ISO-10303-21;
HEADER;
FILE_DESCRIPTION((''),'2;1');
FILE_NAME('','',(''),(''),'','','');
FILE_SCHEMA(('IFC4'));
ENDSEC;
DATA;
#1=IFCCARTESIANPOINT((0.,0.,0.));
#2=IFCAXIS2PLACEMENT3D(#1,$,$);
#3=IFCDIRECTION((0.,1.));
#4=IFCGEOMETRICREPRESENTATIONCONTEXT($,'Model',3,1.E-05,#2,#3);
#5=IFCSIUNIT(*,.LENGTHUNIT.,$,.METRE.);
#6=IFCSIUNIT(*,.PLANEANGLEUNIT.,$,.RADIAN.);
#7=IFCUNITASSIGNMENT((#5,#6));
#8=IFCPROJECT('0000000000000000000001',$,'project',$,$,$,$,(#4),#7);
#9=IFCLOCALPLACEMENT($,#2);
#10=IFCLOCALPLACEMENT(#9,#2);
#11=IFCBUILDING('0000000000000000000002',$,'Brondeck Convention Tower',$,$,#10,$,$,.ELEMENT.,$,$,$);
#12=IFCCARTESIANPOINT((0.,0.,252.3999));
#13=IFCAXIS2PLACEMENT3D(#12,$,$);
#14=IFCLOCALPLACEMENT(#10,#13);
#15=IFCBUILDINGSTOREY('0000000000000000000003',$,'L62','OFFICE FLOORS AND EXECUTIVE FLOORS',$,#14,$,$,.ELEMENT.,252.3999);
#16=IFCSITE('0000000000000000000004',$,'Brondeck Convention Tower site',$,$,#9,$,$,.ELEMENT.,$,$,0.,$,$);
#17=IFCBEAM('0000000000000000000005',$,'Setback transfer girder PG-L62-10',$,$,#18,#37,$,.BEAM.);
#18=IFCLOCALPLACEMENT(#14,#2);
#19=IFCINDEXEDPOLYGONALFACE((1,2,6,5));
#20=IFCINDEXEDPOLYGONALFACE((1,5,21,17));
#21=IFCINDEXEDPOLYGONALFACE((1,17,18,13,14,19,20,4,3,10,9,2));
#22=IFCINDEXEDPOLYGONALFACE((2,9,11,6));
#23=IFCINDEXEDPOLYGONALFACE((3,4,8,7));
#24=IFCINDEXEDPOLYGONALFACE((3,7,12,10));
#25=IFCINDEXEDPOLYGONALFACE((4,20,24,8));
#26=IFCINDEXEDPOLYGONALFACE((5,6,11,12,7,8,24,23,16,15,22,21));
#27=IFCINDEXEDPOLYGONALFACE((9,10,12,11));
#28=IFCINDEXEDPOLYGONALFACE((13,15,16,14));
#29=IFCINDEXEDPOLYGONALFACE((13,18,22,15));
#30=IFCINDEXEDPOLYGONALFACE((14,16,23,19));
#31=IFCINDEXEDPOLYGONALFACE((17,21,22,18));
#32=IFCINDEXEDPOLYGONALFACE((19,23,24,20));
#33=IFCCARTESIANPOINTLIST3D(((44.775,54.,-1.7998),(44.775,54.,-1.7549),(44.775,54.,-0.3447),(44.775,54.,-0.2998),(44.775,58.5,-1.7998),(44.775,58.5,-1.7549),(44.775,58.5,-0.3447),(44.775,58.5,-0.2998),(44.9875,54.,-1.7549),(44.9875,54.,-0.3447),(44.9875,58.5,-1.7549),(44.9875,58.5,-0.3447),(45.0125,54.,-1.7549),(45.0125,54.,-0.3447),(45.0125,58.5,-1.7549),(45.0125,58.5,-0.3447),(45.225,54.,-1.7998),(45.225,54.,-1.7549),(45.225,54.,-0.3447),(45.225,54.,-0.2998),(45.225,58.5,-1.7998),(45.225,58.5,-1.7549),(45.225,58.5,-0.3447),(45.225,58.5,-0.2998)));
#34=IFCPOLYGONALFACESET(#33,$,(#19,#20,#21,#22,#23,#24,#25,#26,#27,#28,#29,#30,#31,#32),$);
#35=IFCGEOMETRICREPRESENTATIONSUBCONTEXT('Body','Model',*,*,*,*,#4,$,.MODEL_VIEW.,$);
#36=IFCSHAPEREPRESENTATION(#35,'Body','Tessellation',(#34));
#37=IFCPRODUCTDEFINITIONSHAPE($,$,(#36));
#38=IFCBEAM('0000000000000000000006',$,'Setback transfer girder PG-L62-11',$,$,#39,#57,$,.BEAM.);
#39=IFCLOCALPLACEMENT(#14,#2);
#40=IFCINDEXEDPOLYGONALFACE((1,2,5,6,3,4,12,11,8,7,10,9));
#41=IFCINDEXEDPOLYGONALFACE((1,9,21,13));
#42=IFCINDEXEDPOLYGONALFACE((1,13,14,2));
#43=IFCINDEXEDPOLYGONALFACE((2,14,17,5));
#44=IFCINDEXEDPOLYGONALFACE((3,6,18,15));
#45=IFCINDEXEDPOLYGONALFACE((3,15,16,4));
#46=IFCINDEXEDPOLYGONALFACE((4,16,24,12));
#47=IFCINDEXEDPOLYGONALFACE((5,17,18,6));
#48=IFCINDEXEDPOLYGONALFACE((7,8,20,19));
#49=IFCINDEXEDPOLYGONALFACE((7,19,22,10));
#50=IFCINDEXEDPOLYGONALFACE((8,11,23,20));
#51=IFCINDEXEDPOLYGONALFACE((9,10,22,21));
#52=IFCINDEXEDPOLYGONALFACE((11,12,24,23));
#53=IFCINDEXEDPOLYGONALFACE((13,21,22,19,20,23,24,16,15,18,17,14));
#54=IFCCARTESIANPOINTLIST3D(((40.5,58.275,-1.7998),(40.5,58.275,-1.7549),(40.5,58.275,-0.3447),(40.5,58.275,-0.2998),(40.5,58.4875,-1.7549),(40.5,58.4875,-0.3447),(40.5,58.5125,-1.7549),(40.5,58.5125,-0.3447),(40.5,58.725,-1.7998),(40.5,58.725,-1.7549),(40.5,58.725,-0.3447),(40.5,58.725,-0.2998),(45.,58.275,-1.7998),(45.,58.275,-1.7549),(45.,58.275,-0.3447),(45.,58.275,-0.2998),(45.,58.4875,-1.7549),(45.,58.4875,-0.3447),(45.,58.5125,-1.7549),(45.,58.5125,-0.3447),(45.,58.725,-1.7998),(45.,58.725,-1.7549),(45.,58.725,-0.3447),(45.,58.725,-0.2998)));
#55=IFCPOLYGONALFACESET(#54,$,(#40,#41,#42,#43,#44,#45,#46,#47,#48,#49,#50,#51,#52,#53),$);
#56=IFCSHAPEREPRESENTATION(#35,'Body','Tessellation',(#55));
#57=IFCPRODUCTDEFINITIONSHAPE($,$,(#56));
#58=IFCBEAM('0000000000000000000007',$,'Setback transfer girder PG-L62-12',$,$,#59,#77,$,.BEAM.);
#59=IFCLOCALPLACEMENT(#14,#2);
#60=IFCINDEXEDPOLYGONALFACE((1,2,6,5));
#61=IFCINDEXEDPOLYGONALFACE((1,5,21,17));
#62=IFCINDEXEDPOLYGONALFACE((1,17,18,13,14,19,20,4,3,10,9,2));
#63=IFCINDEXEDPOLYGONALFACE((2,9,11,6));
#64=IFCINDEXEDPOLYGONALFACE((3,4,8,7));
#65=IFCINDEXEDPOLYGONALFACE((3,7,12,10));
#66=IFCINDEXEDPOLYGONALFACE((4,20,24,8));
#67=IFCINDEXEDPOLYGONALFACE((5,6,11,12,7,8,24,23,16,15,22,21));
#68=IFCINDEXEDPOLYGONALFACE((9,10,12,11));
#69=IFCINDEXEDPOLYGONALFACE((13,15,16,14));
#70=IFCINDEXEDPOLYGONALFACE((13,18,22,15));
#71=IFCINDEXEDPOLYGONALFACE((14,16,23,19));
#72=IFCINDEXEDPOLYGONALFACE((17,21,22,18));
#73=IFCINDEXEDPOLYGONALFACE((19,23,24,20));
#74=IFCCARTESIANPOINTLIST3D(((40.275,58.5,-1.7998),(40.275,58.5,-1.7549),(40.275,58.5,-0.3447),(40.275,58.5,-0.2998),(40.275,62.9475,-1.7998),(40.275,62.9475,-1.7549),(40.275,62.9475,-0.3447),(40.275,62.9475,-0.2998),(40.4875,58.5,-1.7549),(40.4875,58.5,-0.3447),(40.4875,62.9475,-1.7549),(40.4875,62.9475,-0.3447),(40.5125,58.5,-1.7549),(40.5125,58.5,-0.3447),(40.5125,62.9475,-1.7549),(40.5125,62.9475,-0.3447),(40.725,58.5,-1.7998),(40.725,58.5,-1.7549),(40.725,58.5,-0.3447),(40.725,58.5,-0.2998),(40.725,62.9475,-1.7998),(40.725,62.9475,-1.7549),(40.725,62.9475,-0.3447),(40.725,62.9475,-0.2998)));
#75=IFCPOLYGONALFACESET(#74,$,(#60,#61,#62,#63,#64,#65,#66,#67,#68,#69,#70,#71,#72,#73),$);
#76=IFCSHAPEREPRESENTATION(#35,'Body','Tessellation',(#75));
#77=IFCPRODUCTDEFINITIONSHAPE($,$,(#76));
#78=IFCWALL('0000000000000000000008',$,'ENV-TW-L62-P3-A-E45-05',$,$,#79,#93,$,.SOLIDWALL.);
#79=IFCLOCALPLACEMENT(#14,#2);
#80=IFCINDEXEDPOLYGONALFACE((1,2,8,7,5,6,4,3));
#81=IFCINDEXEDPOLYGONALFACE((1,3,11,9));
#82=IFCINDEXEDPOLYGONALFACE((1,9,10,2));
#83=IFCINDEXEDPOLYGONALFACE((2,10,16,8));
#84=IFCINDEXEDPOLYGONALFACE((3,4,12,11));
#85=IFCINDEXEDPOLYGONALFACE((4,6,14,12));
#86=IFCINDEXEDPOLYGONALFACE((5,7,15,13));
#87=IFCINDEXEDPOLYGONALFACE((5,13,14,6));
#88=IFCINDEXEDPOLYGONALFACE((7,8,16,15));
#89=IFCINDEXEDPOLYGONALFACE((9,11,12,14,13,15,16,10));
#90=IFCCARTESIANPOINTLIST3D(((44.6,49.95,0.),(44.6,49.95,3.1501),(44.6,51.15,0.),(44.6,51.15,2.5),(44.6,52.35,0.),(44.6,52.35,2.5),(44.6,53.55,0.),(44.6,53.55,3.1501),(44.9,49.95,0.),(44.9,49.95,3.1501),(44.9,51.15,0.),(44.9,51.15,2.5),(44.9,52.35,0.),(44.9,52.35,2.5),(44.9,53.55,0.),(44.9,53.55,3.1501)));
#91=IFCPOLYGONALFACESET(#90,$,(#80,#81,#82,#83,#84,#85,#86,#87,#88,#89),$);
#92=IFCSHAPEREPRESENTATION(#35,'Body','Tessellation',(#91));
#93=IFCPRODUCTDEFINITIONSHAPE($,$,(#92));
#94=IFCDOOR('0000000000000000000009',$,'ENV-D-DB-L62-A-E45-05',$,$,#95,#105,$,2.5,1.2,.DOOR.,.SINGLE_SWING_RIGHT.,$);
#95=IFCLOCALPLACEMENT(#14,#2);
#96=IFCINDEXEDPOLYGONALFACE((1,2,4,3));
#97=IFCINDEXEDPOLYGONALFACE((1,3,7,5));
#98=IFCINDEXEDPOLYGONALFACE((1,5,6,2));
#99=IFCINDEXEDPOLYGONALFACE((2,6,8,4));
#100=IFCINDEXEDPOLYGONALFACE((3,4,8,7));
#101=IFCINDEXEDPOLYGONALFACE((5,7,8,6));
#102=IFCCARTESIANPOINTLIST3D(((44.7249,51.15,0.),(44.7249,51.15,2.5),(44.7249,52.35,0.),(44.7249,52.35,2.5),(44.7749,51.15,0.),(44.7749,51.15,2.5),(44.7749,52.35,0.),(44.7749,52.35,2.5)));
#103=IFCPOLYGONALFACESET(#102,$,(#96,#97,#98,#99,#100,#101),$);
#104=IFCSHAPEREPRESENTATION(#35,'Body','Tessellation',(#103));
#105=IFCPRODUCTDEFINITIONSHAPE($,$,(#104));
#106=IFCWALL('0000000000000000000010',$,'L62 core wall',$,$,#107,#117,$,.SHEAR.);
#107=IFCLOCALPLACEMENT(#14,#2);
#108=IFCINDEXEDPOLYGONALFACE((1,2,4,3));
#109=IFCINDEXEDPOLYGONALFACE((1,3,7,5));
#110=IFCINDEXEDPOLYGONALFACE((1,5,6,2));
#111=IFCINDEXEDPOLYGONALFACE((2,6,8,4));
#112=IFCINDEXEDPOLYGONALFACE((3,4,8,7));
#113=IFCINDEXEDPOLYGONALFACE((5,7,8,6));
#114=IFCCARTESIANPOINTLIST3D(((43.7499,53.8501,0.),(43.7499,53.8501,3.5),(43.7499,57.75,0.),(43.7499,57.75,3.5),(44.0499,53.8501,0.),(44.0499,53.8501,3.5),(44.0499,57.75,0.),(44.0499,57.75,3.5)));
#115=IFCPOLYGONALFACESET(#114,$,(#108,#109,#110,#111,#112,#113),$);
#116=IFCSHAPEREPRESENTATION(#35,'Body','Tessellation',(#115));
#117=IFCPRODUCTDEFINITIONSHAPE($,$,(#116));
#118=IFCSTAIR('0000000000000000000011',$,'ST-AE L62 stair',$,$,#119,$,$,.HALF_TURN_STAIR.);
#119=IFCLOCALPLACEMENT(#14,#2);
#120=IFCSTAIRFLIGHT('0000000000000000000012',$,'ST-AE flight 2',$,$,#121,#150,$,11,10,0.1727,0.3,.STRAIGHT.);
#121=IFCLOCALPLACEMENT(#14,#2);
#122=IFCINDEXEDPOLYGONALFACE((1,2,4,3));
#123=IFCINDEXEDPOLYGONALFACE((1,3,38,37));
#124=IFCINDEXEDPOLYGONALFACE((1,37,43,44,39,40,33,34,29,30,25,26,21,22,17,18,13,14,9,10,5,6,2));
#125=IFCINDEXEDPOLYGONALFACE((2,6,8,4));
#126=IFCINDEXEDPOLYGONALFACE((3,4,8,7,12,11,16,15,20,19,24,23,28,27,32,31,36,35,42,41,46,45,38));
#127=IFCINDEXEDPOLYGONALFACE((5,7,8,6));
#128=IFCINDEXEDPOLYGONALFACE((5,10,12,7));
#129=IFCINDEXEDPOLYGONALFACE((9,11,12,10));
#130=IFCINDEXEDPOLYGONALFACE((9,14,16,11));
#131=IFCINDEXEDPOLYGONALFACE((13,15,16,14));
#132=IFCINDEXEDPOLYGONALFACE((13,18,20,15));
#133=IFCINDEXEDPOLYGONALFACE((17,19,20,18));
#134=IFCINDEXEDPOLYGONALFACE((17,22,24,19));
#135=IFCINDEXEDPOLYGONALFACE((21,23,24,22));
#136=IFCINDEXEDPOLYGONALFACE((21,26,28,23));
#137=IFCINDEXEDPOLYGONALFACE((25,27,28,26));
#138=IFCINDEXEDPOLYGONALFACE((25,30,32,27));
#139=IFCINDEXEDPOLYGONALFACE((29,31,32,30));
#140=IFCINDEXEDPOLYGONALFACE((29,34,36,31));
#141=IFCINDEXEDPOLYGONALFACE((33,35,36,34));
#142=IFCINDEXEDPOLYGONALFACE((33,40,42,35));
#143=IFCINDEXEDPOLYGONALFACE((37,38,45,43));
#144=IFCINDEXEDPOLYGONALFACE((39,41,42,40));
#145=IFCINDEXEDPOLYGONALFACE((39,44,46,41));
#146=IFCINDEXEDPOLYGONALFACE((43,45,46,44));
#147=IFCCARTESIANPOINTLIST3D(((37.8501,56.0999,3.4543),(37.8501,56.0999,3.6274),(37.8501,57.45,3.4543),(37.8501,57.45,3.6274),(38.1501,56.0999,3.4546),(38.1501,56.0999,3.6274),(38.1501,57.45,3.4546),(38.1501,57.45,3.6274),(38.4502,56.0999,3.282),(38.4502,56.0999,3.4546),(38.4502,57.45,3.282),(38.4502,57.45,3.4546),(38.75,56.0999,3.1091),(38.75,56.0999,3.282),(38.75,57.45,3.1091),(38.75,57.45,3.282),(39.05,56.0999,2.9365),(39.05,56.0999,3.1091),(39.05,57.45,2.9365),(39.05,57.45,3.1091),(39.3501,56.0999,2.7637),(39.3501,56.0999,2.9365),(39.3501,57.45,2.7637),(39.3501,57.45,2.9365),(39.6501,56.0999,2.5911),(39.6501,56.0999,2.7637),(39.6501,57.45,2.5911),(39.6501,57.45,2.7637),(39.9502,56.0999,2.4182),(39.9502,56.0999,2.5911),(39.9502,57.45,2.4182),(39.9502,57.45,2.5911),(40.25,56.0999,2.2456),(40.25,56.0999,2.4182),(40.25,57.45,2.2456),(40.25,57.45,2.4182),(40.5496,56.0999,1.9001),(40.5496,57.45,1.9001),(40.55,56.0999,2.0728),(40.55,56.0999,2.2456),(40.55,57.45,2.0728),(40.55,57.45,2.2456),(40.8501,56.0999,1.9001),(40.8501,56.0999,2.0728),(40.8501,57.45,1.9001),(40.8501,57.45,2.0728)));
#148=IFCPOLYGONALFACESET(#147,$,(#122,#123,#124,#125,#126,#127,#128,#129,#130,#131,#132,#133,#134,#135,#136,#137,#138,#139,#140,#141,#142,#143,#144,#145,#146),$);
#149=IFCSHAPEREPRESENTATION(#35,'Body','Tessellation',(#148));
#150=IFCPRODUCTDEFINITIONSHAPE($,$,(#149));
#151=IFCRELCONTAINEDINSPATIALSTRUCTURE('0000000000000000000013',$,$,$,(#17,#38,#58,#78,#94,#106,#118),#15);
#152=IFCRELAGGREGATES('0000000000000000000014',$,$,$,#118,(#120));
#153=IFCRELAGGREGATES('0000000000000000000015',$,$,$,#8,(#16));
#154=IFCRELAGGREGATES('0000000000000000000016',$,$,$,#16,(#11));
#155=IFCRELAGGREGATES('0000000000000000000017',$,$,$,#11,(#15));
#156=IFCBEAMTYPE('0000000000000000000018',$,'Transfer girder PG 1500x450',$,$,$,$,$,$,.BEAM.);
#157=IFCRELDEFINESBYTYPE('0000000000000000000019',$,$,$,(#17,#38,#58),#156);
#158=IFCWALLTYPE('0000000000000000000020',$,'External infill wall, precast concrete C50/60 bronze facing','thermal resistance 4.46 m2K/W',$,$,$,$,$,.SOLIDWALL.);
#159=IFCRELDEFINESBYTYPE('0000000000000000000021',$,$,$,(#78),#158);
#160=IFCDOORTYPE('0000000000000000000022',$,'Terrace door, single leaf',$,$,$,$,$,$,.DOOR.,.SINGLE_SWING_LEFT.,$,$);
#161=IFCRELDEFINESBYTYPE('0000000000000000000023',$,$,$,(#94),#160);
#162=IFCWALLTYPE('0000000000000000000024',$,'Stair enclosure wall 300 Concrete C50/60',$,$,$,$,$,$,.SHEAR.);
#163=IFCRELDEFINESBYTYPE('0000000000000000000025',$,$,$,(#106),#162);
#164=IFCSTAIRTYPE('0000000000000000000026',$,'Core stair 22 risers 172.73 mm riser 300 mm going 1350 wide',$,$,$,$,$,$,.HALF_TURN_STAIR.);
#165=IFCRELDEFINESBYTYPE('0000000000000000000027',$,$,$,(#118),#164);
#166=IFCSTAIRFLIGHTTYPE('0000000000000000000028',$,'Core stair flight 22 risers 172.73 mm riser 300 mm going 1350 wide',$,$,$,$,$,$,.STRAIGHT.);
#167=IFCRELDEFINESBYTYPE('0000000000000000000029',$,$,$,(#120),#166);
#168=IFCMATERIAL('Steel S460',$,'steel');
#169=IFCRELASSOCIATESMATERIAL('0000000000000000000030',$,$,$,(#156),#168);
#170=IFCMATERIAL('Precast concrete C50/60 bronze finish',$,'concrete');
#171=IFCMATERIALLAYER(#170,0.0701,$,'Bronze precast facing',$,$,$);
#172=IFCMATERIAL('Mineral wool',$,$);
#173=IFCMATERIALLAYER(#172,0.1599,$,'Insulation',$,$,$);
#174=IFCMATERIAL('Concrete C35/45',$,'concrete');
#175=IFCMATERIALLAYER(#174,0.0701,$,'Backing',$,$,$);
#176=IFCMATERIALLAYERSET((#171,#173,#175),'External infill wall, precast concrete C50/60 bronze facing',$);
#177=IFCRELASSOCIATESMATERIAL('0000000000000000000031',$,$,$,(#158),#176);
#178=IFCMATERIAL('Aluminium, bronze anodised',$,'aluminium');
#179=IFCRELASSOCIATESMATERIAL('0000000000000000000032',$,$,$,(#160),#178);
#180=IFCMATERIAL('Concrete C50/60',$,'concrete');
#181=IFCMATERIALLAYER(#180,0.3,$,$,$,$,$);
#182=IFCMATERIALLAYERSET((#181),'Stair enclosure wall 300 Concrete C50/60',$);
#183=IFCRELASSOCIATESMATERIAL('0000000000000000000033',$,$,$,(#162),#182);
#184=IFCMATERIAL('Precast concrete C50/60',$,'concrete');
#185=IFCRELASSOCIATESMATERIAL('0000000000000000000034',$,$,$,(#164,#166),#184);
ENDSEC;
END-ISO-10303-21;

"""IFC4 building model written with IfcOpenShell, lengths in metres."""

from ifc_helpers import new_model, si_unit, direction, frame, frame_2d, origin, origin_2d, place, context, subcontext, project, spatial, polyline, rectangle, i_section, outline, extrude, material, layer, layer_set, material_profile, profile_set, type_object, element, fill, aggregate, save


model = new_model("IFC4")

# Units and contexts
model_context = context("Model", 3, precision=1e-05, world=origin(), true_north=direction((0.0, 1.0)))
body_context = subcontext(model_context, "Body", "Model", "MODEL_VIEW")
ifc_project = project(units=[si_unit("LENGTHUNIT", "METRE"), si_unit("PLANEANGLEUNIT", "RADIAN")], contexts=[model_context])

# Site, building, storey
site_placement = place(None, origin())
site = spatial("IfcSite", under=ifc_project, at=site_placement, Name="Brondeck Convention Tower site", CompositionType="ELEMENT", RefElevation=0.0)
building_placement = place(site_placement, origin())
building = spatial("IfcBuilding", under=site, at=building_placement, Name="Brondeck Convention Tower", CompositionType="ELEMENT")
storey_placement = place(building_placement, frame((0.0, 0.0, 252.3999)))
storey = spatial("IfcBuildingStorey", under=building, at=storey_placement, Name="L62", Description="OFFICE FLOORS AND EXECUTIVE FLOORS", CompositionType="ELEMENT", Elevation=252.3999)

# Shared definitions
ifc_material_1 = material(Name="Concrete C50/60", Category="concrete")

# Beams
ifc_material_2 = material(Name="Steel S460", Category="steel")
ifc_material_profile_1 = material_profile(ifc_material_2, i_section(OverallWidth=0.45, OverallDepth=1.5, WebThickness=0.0249, FlangeThickness=0.0449, at=origin_2d()), Name="PG 1500x450")
ifc_profile_set_1 = profile_set([ifc_material_profile_1], Name="Steel S460")
beam_type_1 = type_object("IfcBeamType", Name="Transfer girder PG 1500x450", PredefinedType="BEAM", material=ifc_profile_set_1)
for number, where, z_axis, x_axis, name in (
    (1, (45.0, 54.0, -1.0498), (0.0, 1.0, 0.0), (-1.0, 0.0, 0.0), "Setback transfer girder PG-L62-10"),
    (2, (45.0, 58.5, -1.0498), (-1.0, 0.0, 0.0), (0.0, -1.0, 0.0), "Setback transfer girder PG-L62-11"),
):
    element("IfcBeam", number, at=place(storey_placement, frame(where, z_axis=z_axis, x_axis=x_axis)), inside=storey, type_object=beam_type_1, Name=name, PredefinedType="BEAM", context=body_context, shape_type="SweptSolid", body=[
        extrude(i_section(OverallWidth=0.45, OverallDepth=1.5, WebThickness=0.0249, FlangeThickness=0.0449, at=origin_2d()), origin(), (0.0, 0.0, 1.0), 4.5),
    ])
beam_1_placement = place(storey_placement, frame((40.5, 58.5, -1.0498), z_axis=(0.0, 1.0, 0.0), x_axis=(-1.0, 0.0, 0.0)))
element("IfcBeam", 3, at=beam_1_placement, inside=storey, type_object=beam_type_1, Name="Setback transfer girder PG-L62-12", PredefinedType="BEAM", context=body_context, shape_type="SweptSolid", body=[
    extrude(i_section(OverallWidth=0.45, OverallDepth=1.5, WebThickness=0.0249, FlangeThickness=0.0449, at=origin_2d()), origin(), (0.0, 0.0, 1.0), 4.4475),
])

# Wall, opening, door
ifc_material_3 = material(Name="Precast concrete C50/60 bronze finish", Category="concrete")
ifc_layer_1 = layer(ifc_material_3, 0.0701, Name="Bronze precast facing")
ifc_material_4 = material(Name="Mineral wool")
ifc_layer_2 = layer(ifc_material_4, 0.1599, Name="Insulation")
ifc_material_5 = material(Name="Concrete C35/45", Category="concrete")
ifc_layer_3 = layer(ifc_material_5, 0.0701, Name="Backing")
ifc_layer_set_1 = layer_set([ifc_layer_1, ifc_layer_2, ifc_layer_3], Name="External infill wall, precast concrete C50/60 bronze facing")
wall_type_1 = type_object("IfcWallType", Name="External infill wall, precast concrete C50/60 bronze facing", Description="thermal resistance 4.46 m2K/W", PredefinedType="SOLIDWALL", material=ifc_layer_set_1)
wall_1_placement = place(storey_placement, frame((44.75, 53.55, 0.0), z_axis=(0.0, 0.0, 1.0), x_axis=(0.0, -1.0, 0.0)))
wall_1 = element("IfcWall", 4, at=wall_1_placement, inside=storey, type_object=wall_type_1, Name="ENV-TW-L62-P3-A-E45-05", PredefinedType="SOLIDWALL", context=body_context, shape_type="SweptSolid", body=[
    extrude(rectangle(XDim=3.6001, YDim=0.3, at=frame_2d((1.8, 0.0))), origin(), (0.0, 0.0, 1.0), 3.1501),
])
opening_placement = place(wall_1_placement, frame((1.2, 0.0, 0.0)))
opening = element("IfcOpeningElement", 5, at=opening_placement, cuts=wall_1, PredefinedType="OPENING", context=body_context, shape_type="SweptSolid", body=[
    extrude(rectangle(XDim=1.2, YDim=2.5, at=frame_2d((0.6001, 1.25))), frame((0.0, 0.1599, 0.0), z_axis=(0.0, -1.0, 0.0), x_axis=(1.0, 0.0, 0.0)), (0.0, 0.0, 1.0), 0.3201),
])
ifc_material_6 = material(Name="Aluminium, bronze anodised", Category="aluminium")
door_type = type_object("IfcDoorType", Name="Terrace door, single leaf", OperationType="SINGLE_SWING_LEFT", PredefinedType="DOOR", material=ifc_material_6)
door_placement = place(opening_placement, origin())
door = element("IfcDoor", 6, at=door_placement, inside=storey, type_object=door_type, Name="ENV-D-DB-L62-A-E45-05", OperationType="SINGLE_SWING_RIGHT", OverallHeight=2.5, OverallWidth=1.2, PredefinedType="DOOR", context=body_context, shape_type="SweptSolid", body=[
    extrude(rectangle(XDim=1.2, YDim=2.5, at=frame_2d((0.6001, 1.25))), frame((0.0, 0.0249, 0.0), z_axis=(0.0, -1.0, 0.0), x_axis=(1.0, 0.0, 0.0)), (0.0, 0.0, 1.0), 0.05),
])
fill(opening, door)

# Wall
ifc_layer_4 = layer(ifc_material_1, 0.3)
ifc_layer_set_2 = layer_set([ifc_layer_4], Name="Stair enclosure wall 300 Concrete C50/60")
wall_type_2 = type_object("IfcWallType", Name="Stair enclosure wall 300 Concrete C50/60", PredefinedType="SHEAR", material=ifc_layer_set_2)
wall_2_placement = place(storey_placement, frame((43.8999, 53.8501, 0.0), z_axis=(0.0, 0.0, 1.0), x_axis=(0.0, 1.0, 0.0)))
element("IfcWall", 7, at=wall_2_placement, inside=storey, type_object=wall_type_2, Name="L62 core wall", PredefinedType="SHEAR", context=body_context, shape_type="SweptSolid", body=[
    extrude(rectangle(XDim=3.8999, YDim=0.3, at=frame_2d((1.95, 0.0))), origin(), (0.0, 0.0, 1.0), 3.5),
])

# Stair, stair flight
ifc_material_7 = material(Name="Precast concrete C50/60", Category="concrete")
stair_type = type_object("IfcStairType", Name="Core stair 22 risers 172.73 mm riser 300 mm going 1350 wide", PredefinedType="HALF_TURN_STAIR", material=ifc_material_7)
stair_placement = place(storey_placement, origin())
stair = element("IfcStair", 8, at=stair_placement, inside=storey, type_object=stair_type, Name="ST-AE L62 stair", PredefinedType="HALF_TURN_STAIR")
stair_flight_type = type_object("IfcStairFlightType", Name="Core stair flight 22 risers 172.73 mm riser 300 mm going 1350 wide", PredefinedType="STRAIGHT", material=ifc_material_7)
stair_flight_placement = place(storey_placement, frame((40.8501, 56.7749, 1.9001), z_axis=(0.0, 0.0, 1.0), x_axis=(-1.0, 0.0, 0.0)))
stair_flight = element("IfcStairFlight", 9, at=stair_flight_placement, type_object=stair_flight_type, Name="ST-AE flight 2", NumberOfRisers=11, NumberOfTreads=10, PredefinedType="STRAIGHT", RiserHeight=0.1727, TreadLength=0.3, context=body_context, shape_type="SweptSolid", body=[
    extrude(outline(polyline([(0.0, 0.0), (0.0, 0.1726), (0.3, 0.1726), (0.3, 0.3455), (0.6001, 0.3455), (0.6001, 0.5181), (0.8999, 0.5181), (0.8999, 0.6909), (1.2, 0.6909), (1.2, 0.8635), (1.5, 0.8635), (1.5, 1.0364), (1.8, 1.0364), (1.8, 1.209), (2.1001, 1.209), (2.1001, 1.3818), (2.3999, 1.3818), (2.3999, 1.5544), (2.7, 1.5544), (2.7, 1.7273), (3.0, 1.7273), (3.0, 1.8999), (3.0, 1.5542), (0.3005, 0.0), (0.0, 0.0)])), frame((0.0, 0.675, 0.0), z_axis=(0.0, -1.0, 0.0), x_axis=(1.0, 0.0, 0.0)), (0.0, 0.0, 1.0), 1.3501),
])
aggregate(stair, [stair_flight])

save(model, "model.ifc")
